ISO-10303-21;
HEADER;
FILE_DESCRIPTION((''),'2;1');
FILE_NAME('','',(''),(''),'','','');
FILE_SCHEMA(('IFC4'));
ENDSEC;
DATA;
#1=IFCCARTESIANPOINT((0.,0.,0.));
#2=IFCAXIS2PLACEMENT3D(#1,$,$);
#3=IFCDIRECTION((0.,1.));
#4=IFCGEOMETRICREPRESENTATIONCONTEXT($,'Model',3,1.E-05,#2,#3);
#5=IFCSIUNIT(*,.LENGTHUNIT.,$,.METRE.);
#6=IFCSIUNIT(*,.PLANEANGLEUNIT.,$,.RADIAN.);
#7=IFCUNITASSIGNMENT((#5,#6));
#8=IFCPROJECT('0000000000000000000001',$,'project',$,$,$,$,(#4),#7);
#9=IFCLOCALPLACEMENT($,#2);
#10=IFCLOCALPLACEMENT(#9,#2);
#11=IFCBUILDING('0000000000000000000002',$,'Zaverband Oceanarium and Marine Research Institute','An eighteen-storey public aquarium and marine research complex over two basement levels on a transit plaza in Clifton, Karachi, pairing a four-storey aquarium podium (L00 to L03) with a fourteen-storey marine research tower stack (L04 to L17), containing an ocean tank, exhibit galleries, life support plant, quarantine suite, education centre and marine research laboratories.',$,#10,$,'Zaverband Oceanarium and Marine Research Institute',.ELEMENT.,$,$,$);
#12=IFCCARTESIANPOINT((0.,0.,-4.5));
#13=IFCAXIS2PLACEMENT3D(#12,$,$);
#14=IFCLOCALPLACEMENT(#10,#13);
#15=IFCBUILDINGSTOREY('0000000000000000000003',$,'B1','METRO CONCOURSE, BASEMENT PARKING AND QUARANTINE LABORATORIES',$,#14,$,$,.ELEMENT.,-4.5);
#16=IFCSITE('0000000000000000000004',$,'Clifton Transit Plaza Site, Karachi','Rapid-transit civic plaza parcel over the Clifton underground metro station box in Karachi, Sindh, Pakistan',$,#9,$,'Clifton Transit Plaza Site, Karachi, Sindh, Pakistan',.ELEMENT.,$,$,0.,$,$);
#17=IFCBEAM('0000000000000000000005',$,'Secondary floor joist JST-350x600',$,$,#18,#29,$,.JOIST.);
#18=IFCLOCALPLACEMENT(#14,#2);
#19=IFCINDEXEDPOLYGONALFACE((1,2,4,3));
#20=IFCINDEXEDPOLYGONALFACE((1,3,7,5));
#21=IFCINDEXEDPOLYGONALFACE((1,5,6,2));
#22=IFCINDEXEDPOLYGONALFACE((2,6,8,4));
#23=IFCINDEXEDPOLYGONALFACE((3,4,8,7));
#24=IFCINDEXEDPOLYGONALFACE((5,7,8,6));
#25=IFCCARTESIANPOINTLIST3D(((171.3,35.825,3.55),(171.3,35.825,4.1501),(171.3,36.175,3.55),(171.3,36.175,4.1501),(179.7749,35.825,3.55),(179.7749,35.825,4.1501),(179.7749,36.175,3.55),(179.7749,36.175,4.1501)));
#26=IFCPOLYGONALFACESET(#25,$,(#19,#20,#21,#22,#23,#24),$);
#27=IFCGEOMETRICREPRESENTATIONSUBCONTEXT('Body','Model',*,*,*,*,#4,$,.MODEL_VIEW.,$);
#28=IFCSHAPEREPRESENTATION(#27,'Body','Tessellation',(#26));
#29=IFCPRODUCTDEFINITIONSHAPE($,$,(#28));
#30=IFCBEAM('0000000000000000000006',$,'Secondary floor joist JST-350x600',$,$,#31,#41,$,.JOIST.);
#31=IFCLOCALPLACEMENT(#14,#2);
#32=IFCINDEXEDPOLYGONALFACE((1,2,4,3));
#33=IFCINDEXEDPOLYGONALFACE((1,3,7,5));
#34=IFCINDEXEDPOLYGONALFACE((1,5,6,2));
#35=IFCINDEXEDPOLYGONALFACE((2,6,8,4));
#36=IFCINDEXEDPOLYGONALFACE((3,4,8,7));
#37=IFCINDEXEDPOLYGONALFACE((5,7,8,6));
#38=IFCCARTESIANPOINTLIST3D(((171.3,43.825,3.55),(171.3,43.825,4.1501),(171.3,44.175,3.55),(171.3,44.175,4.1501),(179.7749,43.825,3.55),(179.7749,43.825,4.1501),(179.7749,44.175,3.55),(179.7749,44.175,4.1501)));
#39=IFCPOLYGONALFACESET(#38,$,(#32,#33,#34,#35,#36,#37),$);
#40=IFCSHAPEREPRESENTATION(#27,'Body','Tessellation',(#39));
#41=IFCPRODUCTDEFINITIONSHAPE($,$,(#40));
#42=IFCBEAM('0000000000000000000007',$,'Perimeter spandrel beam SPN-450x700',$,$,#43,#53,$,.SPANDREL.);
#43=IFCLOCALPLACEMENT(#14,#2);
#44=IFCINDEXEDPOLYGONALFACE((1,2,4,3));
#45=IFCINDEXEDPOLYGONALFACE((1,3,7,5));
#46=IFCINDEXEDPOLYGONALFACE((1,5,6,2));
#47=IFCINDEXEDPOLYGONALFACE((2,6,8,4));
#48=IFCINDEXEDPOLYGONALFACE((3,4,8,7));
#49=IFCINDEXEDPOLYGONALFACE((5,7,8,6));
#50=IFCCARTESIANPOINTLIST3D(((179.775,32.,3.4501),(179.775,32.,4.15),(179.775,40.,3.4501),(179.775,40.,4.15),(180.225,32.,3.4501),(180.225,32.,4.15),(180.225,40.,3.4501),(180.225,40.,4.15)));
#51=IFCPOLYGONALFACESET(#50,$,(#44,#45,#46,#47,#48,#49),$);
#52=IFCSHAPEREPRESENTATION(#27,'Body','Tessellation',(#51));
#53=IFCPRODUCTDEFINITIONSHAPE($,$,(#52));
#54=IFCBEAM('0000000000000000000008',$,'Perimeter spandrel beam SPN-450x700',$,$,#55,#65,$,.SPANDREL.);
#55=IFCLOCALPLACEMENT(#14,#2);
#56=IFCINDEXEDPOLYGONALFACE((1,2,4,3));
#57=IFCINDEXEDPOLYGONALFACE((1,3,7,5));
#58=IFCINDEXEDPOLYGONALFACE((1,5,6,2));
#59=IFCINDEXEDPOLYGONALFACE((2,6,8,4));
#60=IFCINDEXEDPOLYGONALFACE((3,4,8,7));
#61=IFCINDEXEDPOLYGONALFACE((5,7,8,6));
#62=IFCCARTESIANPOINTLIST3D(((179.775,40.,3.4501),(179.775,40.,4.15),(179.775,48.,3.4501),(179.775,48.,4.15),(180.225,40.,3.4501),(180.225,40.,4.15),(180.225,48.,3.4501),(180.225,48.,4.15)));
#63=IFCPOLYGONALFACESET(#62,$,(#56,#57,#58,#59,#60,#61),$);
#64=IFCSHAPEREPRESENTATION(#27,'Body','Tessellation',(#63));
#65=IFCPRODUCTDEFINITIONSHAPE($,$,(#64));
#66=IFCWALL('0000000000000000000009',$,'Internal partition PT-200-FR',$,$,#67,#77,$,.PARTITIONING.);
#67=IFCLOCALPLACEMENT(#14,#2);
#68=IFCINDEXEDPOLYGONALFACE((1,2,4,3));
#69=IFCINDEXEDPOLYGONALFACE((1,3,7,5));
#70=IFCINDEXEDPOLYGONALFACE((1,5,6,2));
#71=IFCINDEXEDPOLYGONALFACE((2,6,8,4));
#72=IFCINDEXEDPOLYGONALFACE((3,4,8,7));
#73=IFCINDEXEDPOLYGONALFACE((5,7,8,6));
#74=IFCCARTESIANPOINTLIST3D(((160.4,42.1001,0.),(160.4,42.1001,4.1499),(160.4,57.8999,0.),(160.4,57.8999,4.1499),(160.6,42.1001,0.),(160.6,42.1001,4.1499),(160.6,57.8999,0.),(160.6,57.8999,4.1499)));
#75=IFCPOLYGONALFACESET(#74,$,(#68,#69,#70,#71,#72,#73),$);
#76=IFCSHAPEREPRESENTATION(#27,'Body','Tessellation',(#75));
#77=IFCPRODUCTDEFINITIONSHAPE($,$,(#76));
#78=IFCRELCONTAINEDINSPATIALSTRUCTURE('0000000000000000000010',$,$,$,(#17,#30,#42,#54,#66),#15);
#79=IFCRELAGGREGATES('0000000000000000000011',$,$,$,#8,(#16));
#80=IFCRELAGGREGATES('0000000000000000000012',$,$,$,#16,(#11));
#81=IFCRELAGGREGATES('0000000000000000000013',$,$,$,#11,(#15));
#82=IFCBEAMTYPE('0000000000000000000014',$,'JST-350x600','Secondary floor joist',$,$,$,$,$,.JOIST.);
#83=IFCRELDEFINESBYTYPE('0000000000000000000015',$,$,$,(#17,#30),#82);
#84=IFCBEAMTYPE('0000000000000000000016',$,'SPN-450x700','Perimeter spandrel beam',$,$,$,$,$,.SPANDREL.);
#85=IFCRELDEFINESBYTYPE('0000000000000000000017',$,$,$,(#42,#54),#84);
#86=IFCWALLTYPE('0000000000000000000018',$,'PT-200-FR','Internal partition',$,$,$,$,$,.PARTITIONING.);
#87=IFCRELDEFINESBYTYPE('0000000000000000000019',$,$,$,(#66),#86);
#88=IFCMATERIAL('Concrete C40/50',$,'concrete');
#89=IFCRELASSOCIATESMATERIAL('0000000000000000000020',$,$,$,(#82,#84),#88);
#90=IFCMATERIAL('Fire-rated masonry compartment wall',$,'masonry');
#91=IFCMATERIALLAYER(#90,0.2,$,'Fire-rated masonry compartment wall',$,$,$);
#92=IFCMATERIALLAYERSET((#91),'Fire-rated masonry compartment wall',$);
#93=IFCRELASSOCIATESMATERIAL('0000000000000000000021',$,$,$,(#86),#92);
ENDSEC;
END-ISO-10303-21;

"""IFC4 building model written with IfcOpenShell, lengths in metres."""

from ifc_helpers import new_model, si_unit, direction, frame, frame_2d, origin, origin_2d, place, context, subcontext, project, spatial, rectangle, extrude, material, layer, layer_set, material_profile, profile_set, type_object, element, save


model = new_model("IFC4")

# Units and contexts
model_context = context("Model", 3, precision=1e-05, world=origin(), true_north=direction((0.0, 1.0)))
body_context = subcontext(model_context, "Body", "Model", "MODEL_VIEW")
ifc_project = project(units=[si_unit("LENGTHUNIT", "METRE"), si_unit("PLANEANGLEUNIT", "RADIAN")], contexts=[model_context])

# Site, building, storey
site_placement = place(None, origin())
site = spatial("IfcSite", under=ifc_project, at=site_placement, Name="Clifton Transit Plaza Site, Karachi", Description="Rapid-transit civic plaza parcel over the Clifton underground metro station box in Karachi, Sindh, Pakistan", LongName="Clifton Transit Plaza Site, Karachi, Sindh, Pakistan", CompositionType="ELEMENT", RefElevation=0.0)
building_placement = place(site_placement, origin())
building = spatial("IfcBuilding", under=site, at=building_placement, Name="Zaverband Oceanarium and Marine Research Institute", Description="An eighteen-storey public aquarium and marine research complex over two basement levels on a transit plaza in Clifton, Karachi, pairing a four-storey aquarium podium (L00 to L03) with a fourteen-storey marine research tower stack (L04 to L17), containing an ocean tank, exhibit galleries, life support plant, quarantine suite, education centre and marine research laboratories.", LongName="Zaverband Oceanarium and Marine Research Institute", CompositionType="ELEMENT")
storey_placement = place(building_placement, frame((0.0, 0.0, -4.5)))
storey = spatial("IfcBuildingStorey", under=building, at=storey_placement, Name="B1", Description="METRO CONCOURSE, BASEMENT PARKING AND QUARANTINE LABORATORIES", CompositionType="ELEMENT", Elevation=-4.5)

# Beams
ifc_material_1 = material(Name="Concrete C40/50", Category="concrete")
ifc_material_profile_1 = material_profile(ifc_material_1, rectangle(XDim=0.3501, YDim=0.6001, at=origin_2d()), Name="RC350x600")
ifc_profile_set_1 = profile_set([ifc_material_profile_1], Name="Concrete C40/50")
beam_type_1 = type_object("IfcBeamType", Name="JST-350x600", Description="Secondary floor joist", PredefinedType="JOIST", material=ifc_profile_set_1)
for number, where, z_axis, x_axis, name in (
    (1, (171.3, 36.0, 3.8501), (1.0, 0.0, 0.0), (0.0, 1.0, 0.0), "Secondary floor joist JST-350x600"),
    (2, (171.3, 44.0, 3.8501), (1.0, 0.0, 0.0), (0.0, 1.0, 0.0), "Secondary floor joist JST-350x600"),
):
    element("IfcBeam", number, at=place(storey_placement, frame(where, z_axis=z_axis, x_axis=x_axis)), inside=storey, type_object=beam_type_1, Name=name, PredefinedType="JOIST", context=body_context, shape_type="SweptSolid", body=[
        extrude(rectangle(XDim=0.3501, YDim=0.6001, at=origin_2d()), origin(), (0.0, 0.0, 1.0), 8.4749),
    ])
ifc_material_profile_2 = material_profile(ifc_material_1, rectangle(XDim=0.45, YDim=0.7, at=origin_2d()), Name="RC450x700")
ifc_profile_set_2 = profile_set([ifc_material_profile_2], Name="Concrete C40/50")
beam_type_2 = type_object("IfcBeamType", Name="SPN-450x700", Description="Perimeter spandrel beam", PredefinedType="SPANDREL", material=ifc_profile_set_2)
for number, where, z_axis, x_axis, name in (
    (3, (180.0, 32.0, 3.8), (0.0, 1.0, 0.0), (-1.0, 0.0, 0.0), "Perimeter spandrel beam SPN-450x700"),
    (4, (180.0, 40.0, 3.8), (0.0, 1.0, 0.0), (-1.0, 0.0, 0.0), "Perimeter spandrel beam SPN-450x700"),
):
    element("IfcBeam", number, at=place(storey_placement, frame(where, z_axis=z_axis, x_axis=x_axis)), inside=storey, type_object=beam_type_2, Name=name, PredefinedType="SPANDREL", context=body_context, shape_type="SweptSolid", body=[
        extrude(rectangle(XDim=0.45, YDim=0.7, at=origin_2d()), origin(), (0.0, 0.0, 1.0), 8.0),
    ])

# Wall
ifc_material_2 = material(Name="Fire-rated masonry compartment wall", Category="masonry")
ifc_layer = layer(ifc_material_2, 0.2, Name="Fire-rated masonry compartment wall")
ifc_layer_set = layer_set([ifc_layer], Name="Fire-rated masonry compartment wall")
wall_type = type_object("IfcWallType", Name="PT-200-FR", Description="Internal partition", PredefinedType="PARTITIONING", material=ifc_layer_set)
wall_placement = place(storey_placement, frame((160.5, 42.1001, 0.0), z_axis=(0.0, 0.0, 1.0), x_axis=(0.0, 1.0, 0.0)))
element("IfcWall", 5, at=wall_placement, inside=storey, type_object=wall_type, Name="Internal partition PT-200-FR", PredefinedType="PARTITIONING", context=body_context, shape_type="SweptSolid", body=[
    extrude(rectangle(XDim=15.7998, YDim=0.2, at=frame_2d((7.8999, 0.0))), origin(), (0.0, 0.0, 1.0), 4.1499),
])

save(model, "model.ifc")
